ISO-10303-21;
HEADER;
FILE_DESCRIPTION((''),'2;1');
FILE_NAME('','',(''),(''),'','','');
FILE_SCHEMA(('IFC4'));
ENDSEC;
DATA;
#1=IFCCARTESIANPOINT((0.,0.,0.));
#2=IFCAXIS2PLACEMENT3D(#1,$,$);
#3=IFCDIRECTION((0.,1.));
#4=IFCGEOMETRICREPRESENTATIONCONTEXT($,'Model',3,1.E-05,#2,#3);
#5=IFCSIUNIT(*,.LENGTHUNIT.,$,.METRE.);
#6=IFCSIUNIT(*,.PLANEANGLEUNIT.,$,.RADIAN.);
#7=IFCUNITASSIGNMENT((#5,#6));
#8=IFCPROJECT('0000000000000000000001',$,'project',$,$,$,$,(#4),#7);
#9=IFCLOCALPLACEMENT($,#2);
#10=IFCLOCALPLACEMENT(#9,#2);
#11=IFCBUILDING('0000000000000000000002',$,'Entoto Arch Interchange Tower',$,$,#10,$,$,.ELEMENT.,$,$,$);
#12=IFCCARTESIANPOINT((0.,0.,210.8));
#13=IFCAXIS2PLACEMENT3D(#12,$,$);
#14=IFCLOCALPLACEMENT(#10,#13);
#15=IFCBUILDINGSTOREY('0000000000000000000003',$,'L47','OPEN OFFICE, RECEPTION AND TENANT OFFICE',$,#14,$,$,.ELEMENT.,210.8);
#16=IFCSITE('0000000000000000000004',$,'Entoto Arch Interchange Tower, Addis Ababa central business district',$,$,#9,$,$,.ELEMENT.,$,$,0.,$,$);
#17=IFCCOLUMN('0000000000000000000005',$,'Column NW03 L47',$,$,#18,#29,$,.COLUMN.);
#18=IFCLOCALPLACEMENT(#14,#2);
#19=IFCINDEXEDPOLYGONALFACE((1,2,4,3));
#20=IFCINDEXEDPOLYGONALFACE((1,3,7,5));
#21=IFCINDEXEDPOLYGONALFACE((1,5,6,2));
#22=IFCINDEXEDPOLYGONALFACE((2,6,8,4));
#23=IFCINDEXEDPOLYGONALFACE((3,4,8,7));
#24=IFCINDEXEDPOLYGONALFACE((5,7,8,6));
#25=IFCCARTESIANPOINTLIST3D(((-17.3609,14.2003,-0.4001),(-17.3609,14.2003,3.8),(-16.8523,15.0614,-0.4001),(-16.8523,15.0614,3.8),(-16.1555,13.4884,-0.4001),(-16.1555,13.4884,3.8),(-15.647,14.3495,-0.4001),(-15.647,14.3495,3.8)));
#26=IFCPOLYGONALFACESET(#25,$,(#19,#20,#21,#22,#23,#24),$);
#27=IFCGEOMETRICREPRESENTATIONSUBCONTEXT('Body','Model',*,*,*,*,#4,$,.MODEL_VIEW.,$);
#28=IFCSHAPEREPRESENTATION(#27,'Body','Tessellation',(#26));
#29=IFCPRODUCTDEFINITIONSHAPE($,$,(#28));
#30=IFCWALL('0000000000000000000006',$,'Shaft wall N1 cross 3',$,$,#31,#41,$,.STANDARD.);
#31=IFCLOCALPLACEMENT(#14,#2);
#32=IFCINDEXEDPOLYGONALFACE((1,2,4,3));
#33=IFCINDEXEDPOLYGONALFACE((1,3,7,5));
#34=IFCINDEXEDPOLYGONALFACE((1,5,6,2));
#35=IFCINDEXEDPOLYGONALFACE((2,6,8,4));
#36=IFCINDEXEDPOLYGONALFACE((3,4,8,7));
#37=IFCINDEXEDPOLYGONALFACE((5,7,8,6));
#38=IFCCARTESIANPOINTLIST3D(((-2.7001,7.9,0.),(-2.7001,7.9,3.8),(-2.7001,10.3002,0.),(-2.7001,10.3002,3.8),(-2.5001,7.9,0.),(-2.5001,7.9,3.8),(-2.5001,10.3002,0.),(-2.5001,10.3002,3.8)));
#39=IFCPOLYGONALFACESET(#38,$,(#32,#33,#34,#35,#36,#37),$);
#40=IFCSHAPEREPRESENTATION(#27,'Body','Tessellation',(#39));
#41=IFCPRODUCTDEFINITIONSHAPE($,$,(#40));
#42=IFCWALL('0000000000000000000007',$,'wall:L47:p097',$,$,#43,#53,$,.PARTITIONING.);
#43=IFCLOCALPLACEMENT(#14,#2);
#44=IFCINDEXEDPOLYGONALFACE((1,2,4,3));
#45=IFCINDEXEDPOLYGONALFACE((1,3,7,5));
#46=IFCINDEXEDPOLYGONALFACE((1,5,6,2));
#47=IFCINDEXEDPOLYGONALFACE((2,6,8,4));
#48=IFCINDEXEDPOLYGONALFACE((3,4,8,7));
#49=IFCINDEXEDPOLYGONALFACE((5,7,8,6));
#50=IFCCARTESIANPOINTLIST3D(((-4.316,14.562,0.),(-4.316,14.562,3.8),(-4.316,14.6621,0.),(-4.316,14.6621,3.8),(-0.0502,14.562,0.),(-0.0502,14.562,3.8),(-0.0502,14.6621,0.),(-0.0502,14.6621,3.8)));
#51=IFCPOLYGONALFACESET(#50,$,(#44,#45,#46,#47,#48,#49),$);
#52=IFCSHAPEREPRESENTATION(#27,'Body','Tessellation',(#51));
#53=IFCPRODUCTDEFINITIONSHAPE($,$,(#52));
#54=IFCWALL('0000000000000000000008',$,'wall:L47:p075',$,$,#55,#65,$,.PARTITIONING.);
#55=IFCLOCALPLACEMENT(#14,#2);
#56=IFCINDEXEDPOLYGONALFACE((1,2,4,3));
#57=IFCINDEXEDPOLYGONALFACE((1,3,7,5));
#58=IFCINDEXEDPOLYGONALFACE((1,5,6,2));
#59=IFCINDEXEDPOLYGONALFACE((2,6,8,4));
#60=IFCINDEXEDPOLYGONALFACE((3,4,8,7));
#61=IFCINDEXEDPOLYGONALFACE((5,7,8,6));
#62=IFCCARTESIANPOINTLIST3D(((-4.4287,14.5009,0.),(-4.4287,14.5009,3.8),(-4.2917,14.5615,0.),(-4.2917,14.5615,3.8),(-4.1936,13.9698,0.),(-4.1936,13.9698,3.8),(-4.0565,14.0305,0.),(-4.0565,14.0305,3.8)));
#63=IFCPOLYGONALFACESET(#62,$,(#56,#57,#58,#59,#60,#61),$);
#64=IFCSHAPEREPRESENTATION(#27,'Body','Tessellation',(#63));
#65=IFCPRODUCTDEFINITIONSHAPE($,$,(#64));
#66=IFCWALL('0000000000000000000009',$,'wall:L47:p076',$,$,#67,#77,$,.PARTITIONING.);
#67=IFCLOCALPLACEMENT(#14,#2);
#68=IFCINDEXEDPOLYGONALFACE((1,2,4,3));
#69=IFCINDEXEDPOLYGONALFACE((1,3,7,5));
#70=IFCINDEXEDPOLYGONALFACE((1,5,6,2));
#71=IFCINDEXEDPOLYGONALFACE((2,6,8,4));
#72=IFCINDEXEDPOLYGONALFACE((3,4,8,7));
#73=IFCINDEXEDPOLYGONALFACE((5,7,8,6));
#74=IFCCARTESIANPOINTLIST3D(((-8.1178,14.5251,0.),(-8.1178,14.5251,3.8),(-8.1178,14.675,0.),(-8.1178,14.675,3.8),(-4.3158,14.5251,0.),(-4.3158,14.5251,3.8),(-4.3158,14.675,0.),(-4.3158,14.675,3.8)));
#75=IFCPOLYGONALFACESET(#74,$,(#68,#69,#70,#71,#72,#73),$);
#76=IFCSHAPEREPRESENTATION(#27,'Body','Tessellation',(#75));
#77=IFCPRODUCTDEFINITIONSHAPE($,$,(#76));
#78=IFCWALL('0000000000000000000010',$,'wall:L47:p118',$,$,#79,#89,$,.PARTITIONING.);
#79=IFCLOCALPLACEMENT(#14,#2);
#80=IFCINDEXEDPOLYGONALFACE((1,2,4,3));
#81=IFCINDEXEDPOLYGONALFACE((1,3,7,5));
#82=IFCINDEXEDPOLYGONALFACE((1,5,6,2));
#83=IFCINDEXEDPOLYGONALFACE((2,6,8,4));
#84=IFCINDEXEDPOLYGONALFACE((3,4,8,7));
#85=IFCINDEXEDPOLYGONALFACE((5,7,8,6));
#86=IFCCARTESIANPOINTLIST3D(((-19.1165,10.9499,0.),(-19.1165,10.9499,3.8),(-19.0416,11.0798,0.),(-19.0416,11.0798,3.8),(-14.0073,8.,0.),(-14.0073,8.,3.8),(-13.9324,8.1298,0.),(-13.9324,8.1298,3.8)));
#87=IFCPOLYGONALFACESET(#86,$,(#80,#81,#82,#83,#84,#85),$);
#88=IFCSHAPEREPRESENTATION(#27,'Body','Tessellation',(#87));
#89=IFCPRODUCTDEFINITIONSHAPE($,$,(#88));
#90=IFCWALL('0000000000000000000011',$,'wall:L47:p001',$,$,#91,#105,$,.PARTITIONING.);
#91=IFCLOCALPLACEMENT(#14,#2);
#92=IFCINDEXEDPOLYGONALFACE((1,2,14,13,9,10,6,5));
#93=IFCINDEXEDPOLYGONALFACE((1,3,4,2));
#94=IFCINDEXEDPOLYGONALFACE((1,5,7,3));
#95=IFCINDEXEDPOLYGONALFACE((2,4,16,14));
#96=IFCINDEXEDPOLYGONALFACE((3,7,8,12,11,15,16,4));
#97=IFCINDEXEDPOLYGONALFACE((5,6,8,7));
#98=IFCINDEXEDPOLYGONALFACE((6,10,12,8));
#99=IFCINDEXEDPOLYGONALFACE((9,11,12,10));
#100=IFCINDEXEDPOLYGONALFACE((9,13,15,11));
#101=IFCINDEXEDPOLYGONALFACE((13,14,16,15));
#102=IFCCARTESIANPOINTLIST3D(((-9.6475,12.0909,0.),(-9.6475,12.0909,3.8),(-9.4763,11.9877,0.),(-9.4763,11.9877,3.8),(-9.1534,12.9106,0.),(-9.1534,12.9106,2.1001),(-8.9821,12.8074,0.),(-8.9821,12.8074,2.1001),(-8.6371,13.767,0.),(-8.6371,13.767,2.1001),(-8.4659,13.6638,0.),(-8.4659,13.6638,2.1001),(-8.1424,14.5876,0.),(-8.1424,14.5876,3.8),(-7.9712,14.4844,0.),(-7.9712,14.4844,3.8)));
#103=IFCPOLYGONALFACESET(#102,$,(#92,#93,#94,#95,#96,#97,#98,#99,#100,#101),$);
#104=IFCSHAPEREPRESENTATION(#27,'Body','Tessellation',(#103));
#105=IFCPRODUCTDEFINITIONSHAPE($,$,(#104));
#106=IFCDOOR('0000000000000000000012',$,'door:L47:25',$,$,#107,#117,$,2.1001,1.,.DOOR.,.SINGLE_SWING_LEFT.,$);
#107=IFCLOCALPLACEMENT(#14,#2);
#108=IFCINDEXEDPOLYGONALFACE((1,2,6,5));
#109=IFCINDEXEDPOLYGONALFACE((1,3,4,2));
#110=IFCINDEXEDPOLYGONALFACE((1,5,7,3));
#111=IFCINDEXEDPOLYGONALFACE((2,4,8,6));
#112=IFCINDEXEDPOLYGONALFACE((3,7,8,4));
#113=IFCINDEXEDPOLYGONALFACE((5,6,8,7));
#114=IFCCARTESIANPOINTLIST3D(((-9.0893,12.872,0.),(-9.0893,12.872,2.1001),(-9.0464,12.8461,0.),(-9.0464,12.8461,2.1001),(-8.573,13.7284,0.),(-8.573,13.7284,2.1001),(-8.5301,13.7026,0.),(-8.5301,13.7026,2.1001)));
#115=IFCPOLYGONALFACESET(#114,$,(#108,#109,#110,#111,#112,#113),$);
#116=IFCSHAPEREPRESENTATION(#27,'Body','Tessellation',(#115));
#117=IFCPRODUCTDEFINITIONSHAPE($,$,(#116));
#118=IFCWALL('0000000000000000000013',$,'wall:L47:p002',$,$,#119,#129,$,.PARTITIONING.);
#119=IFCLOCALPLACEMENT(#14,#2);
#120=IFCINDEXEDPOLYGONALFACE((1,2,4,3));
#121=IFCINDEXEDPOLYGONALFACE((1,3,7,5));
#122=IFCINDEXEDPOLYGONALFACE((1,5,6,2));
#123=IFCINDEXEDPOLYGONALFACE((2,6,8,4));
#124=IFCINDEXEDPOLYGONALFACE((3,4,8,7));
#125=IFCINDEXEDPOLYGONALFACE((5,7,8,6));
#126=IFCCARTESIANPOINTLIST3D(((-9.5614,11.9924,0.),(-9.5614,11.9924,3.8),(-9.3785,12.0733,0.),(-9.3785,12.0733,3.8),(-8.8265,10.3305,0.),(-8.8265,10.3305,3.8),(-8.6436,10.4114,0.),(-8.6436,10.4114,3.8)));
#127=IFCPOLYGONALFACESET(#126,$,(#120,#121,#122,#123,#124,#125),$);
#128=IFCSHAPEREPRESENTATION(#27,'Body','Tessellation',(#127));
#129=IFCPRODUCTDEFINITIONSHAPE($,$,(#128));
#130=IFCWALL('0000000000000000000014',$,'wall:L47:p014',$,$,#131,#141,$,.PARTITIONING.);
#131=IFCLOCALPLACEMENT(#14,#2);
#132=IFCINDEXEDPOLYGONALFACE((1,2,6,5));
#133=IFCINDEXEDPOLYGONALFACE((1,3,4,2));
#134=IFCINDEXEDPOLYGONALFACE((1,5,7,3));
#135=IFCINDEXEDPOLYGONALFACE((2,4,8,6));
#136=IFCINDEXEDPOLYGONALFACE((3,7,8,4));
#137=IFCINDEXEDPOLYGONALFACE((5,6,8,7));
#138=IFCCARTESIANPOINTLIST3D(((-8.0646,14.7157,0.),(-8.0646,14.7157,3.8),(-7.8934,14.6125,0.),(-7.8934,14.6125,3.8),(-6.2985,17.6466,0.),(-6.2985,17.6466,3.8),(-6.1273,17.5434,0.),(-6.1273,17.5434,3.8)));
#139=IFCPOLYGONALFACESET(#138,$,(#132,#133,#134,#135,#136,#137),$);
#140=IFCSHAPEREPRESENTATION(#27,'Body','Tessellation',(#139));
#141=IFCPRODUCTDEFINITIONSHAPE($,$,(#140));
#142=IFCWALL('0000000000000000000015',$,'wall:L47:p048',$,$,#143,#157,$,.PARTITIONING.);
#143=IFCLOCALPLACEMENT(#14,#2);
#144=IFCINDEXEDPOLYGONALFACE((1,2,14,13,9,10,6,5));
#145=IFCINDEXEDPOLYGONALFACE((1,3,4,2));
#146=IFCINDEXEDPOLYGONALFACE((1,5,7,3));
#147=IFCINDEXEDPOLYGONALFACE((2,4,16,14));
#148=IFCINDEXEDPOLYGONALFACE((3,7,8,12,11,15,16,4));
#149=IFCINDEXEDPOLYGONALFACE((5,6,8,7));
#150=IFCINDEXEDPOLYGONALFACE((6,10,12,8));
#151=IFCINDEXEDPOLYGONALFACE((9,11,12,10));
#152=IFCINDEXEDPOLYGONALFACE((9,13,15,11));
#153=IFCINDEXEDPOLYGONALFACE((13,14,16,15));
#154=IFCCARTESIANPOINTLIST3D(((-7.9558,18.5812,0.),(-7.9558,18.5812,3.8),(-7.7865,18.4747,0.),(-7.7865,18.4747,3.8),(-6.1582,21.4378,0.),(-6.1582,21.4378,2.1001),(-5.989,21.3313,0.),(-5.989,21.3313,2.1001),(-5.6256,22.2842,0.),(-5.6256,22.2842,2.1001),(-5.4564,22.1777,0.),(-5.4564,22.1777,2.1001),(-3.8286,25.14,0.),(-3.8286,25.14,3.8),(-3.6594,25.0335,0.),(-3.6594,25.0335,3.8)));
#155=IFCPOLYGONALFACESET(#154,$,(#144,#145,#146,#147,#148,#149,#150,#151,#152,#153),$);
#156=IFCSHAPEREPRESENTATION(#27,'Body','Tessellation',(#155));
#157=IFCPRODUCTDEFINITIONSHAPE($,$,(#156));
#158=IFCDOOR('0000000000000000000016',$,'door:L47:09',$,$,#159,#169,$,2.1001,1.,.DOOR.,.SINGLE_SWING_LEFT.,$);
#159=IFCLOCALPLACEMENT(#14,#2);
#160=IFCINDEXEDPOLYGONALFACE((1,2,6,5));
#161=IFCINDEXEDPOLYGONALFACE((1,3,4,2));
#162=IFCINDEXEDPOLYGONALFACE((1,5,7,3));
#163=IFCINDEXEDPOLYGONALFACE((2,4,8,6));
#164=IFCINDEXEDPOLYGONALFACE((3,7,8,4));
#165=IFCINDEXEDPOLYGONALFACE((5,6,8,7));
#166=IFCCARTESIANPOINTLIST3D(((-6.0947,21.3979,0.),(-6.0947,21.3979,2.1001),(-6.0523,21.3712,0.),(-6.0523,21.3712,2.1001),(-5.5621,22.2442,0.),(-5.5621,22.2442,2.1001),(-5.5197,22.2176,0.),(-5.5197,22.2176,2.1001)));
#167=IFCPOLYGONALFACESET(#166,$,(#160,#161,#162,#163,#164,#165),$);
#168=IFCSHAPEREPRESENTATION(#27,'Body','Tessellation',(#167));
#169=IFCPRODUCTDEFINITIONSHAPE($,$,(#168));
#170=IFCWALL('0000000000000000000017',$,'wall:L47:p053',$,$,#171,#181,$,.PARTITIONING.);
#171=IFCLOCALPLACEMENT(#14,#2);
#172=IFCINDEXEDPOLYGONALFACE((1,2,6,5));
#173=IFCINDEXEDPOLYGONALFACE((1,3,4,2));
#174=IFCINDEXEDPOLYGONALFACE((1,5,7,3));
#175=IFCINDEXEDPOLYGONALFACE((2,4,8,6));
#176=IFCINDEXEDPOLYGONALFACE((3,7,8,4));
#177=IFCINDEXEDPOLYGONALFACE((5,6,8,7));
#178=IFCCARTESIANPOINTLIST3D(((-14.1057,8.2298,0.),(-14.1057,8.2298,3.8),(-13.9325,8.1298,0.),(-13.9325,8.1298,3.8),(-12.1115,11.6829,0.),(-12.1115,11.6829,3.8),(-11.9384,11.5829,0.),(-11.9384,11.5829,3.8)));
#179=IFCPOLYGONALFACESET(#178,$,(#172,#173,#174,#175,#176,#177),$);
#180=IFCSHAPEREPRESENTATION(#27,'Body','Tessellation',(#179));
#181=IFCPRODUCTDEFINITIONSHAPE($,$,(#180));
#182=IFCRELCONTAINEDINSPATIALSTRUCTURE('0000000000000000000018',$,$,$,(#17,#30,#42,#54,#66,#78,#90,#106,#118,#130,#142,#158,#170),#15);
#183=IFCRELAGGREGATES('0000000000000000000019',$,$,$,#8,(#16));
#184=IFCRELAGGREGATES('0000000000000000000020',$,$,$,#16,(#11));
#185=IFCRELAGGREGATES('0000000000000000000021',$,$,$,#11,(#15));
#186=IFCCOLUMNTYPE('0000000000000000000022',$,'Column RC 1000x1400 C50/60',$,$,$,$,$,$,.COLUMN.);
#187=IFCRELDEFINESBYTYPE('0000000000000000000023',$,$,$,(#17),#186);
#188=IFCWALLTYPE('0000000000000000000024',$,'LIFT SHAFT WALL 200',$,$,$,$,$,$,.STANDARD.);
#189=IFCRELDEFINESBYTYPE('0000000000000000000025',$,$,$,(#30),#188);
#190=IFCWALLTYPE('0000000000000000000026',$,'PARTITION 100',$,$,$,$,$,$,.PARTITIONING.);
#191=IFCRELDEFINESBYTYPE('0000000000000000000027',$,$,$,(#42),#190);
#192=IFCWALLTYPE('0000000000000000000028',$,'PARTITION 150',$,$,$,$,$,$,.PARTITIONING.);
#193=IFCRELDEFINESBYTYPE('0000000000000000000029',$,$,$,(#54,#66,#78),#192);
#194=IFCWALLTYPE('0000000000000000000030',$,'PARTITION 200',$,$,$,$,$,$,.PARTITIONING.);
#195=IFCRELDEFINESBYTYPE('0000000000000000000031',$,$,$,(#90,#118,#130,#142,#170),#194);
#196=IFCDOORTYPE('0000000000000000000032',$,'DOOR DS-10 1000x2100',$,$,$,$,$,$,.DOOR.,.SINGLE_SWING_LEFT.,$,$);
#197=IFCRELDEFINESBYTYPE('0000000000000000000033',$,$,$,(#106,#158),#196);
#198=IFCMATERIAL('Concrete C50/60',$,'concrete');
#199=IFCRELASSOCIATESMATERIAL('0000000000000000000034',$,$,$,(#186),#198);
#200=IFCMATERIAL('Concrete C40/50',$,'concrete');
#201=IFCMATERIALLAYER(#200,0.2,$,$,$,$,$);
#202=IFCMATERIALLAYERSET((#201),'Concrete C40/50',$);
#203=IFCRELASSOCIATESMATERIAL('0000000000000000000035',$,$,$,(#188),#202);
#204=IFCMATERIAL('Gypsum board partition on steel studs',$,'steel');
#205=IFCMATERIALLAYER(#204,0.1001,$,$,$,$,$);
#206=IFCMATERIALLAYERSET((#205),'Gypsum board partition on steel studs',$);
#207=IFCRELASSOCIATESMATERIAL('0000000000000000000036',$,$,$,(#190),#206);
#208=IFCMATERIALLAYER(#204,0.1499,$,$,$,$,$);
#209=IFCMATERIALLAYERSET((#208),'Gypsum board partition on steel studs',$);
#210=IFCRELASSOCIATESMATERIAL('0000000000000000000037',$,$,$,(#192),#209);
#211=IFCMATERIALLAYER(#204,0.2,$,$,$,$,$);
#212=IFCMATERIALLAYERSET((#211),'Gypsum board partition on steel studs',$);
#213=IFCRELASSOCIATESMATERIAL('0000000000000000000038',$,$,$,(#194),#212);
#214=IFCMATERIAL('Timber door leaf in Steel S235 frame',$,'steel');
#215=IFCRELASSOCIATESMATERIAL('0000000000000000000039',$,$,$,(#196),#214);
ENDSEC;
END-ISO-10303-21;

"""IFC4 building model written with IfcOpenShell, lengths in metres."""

from ifc_helpers import new_model, si_unit, direction, frame, frame_2d, origin, origin_2d, place, context, subcontext, project, spatial, rectangle, extrude, material, layer, layer_set, material_profile, profile_set, type_object, element, fill, save


model = new_model("IFC4")

# Units and contexts
model_context = context("Model", 3, precision=1e-05, world=origin(), true_north=direction((0.0, 1.0)))
body_context = subcontext(model_context, "Body", "Model", "MODEL_VIEW")
ifc_project = project(units=[si_unit("LENGTHUNIT", "METRE"), si_unit("PLANEANGLEUNIT", "RADIAN")], contexts=[model_context])

# Site, building, storey
site_placement = place(None, origin())
site = spatial("IfcSite", under=ifc_project, at=site_placement, Name="Entoto Arch Interchange Tower, Addis Ababa central business district", CompositionType="ELEMENT", RefElevation=0.0)
building_placement = place(site_placement, origin())
building = spatial("IfcBuilding", under=site, at=building_placement, Name="Entoto Arch Interchange Tower", CompositionType="ELEMENT")
storey_placement = place(building_placement, frame((0.0, 0.0, 210.8)))
storey = spatial("IfcBuildingStorey", under=building, at=storey_placement, Name="L47", Description="OPEN OFFICE, RECEPTION AND TENANT OFFICE", CompositionType="ELEMENT", Elevation=210.8)

# Column
ifc_material_1 = material(Name="Concrete C50/60", Category="concrete")
ifc_material_profile = material_profile(ifc_material_1, rectangle(XDim=1.0, YDim=1.3999, at=origin_2d()))
ifc_profile_set = profile_set([ifc_material_profile], Name="Concrete C50/60")
column_type = type_object("IfcColumnType", Name="Column RC 1000x1400 C50/60", PredefinedType="COLUMN", material=ifc_profile_set)
column_placement = place(storey_placement, frame((-16.5039, 14.2749, -0.4001), z_axis=(0.0, 0.0, 1.0), x_axis=(0.508516, 0.861053, 0.0)))
element("IfcColumn", 1, at=column_placement, inside=storey, type_object=column_type, Name="Column NW03 L47", PredefinedType="COLUMN", context=body_context, shape_type="SweptSolid", body=[
    extrude(rectangle(XDim=1.0, YDim=1.3999, at=origin_2d()), origin(), (0.0, 0.0, 1.0), 4.2002),
])

# Walls
ifc_material_2 = material(Name="Concrete C40/50", Category="concrete")
ifc_layer_1 = layer(ifc_material_2, 0.2)
ifc_layer_set_1 = layer_set([ifc_layer_1], Name="Concrete C40/50")
wall_type_1 = type_object("IfcWallType", Name="LIFT SHAFT WALL 200", PredefinedType="STANDARD", material=ifc_layer_set_1)
wall_1_placement = place(storey_placement, frame((-2.6001, 7.8999, 0.0), z_axis=(0.0, 0.0, 1.0), x_axis=(0.0, 1.0, 0.0)))
element("IfcWall", 2, at=wall_1_placement, inside=storey, type_object=wall_type_1, Name="Shaft wall N1 cross 3", PredefinedType="STANDARD", context=body_context, shape_type="SweptSolid", body=[
    extrude(rectangle(XDim=2.4001, YDim=0.2, at=frame_2d((1.2002, 0.0))), origin(), (0.0, 0.0, 1.0), 3.8),
])
ifc_material_3 = material(Name="Gypsum board partition on steel studs", Category="steel")
ifc_layer_2 = layer(ifc_material_3, 0.1001)
ifc_layer_set_2 = layer_set([ifc_layer_2], Name="Gypsum board partition on steel studs")
wall_type_2 = type_object("IfcWallType", Name="PARTITION 100", PredefinedType="PARTITIONING", material=ifc_layer_set_2)
wall_2_placement = place(storey_placement, frame((-4.3159, 14.6121, 0.0), z_axis=(0.0, 0.0, 1.0), x_axis=(1.0, 0.0, 0.0)))
element("IfcWall", 3, at=wall_2_placement, inside=storey, type_object=wall_type_2, Name="wall:L47:p097", PredefinedType="PARTITIONING", context=body_context, shape_type="SweptSolid", body=[
    extrude(rectangle(XDim=4.2659, YDim=0.1001, at=frame_2d((2.1328, 0.0))), origin(), (0.0, 0.0, 1.0), 3.8),
])
ifc_layer_3 = layer(ifc_material_3, 0.1499)
ifc_layer_set_3 = layer_set([ifc_layer_3], Name="Gypsum board partition on steel studs")
wall_type_3 = type_object("IfcWallType", Name="PARTITION 150", PredefinedType="PARTITIONING", material=ifc_layer_set_3)
wall_3_placement = place(storey_placement, frame((-4.125, 14.0, 0.0), z_axis=(0.0, 0.0, 1.0), x_axis=(-0.404851, 0.914383, 0.0)))
element("IfcWall", 4, at=wall_3_placement, inside=storey, type_object=wall_type_3, Name="wall:L47:p075", PredefinedType="PARTITIONING", context=body_context, shape_type="SweptSolid", body=[
    extrude(rectangle(XDim=0.5808, YDim=0.1499, at=frame_2d((0.2905, 0.0))), origin(), (0.0, 0.0, 1.0), 3.8),
])
wall_4_placement = place(storey_placement, frame((-4.3159, 14.6001, 0.0), z_axis=(0.0, 0.0, 1.0), x_axis=(-1.0, 0.0, 0.0)))
element("IfcWall", 5, at=wall_4_placement, inside=storey, type_object=wall_type_3, Name="wall:L47:p076", PredefinedType="PARTITIONING", context=body_context, shape_type="SweptSolid", body=[
    extrude(rectangle(XDim=3.802, YDim=0.1499, at=frame_2d((1.9009, 0.0))), origin(), (0.0, 0.0, 1.0), 3.8),
])
wall_5_placement = place(storey_placement, frame((-13.97, 8.0649, 0.0), z_axis=(0.0, 0.0, 1.0), x_axis=(-0.866011, 0.500025, 0.0)))
element("IfcWall", 6, at=wall_5_placement, inside=storey, type_object=wall_type_3, Name="wall:L47:p118", PredefinedType="PARTITIONING", context=body_context, shape_type="SweptSolid", body=[
    extrude(rectangle(XDim=5.8997, YDim=0.1499, at=frame_2d((2.9497, 0.0))), origin(), (0.0, 0.0, 1.0), 3.8),
])

# Wall, opening, door
ifc_layer_4 = layer(ifc_material_3, 0.2)
ifc_layer_set_4 = layer_set([ifc_layer_4], Name="Gypsum board partition on steel studs")
wall_type_4 = type_object("IfcWallType", Name="PARTITION 200", PredefinedType="PARTITIONING", material=ifc_layer_set_4)
wall_6_placement = place(storey_placement, frame((-8.0569, 14.5359, 0.0), z_axis=(0.0, 0.0, 1.0), x_axis=(-0.516268, -0.856427, 0.0)))
wall_6 = element("IfcWall", 7, at=wall_6_placement, inside=storey, type_object=wall_type_4, Name="wall:L47:p001", PredefinedType="PARTITIONING", context=body_context, shape_type="SweptSolid", body=[
    extrude(rectangle(XDim=2.9153, YDim=0.2, at=frame_2d((1.4575, 0.0))), origin(), (0.0, 0.0, 1.0), 3.8),
])
opening_1_placement = place(wall_6_placement, frame((0.958, 0.0, 0.0)))
opening_1 = element("IfcOpeningElement", 8, at=opening_1_placement, cuts=wall_6, PredefinedType="OPENING", context=body_context, shape_type="SweptSolid", body=[
    extrude(rectangle(XDim=1.0, YDim=2.1001, at=frame_2d((0.5, 1.05))), frame((0.0, 0.1099, 0.0), z_axis=(0.0, -1.0, 0.0), x_axis=(1.0, 0.0, 0.0)), (0.0, 0.0, 1.0), 0.22),
])
ifc_material_4 = material(Name="Timber door leaf in Steel S235 frame", Category="steel")
door_type_1 = type_object("IfcDoorType", Name="DOOR DS-10 1000x2100", OperationType="SINGLE_SWING_LEFT", PredefinedType="DOOR", material=ifc_material_4)
door_1_placement = place(opening_1_placement, origin())
door_1 = element("IfcDoor", 9, at=door_1_placement, inside=storey, type_object=door_type_1, Name="door:L47:25", OperationType="SINGLE_SWING_LEFT", OverallHeight=2.1001, OverallWidth=1.0, PredefinedType="DOOR", context=body_context, shape_type="SweptSolid", body=[
    extrude(rectangle(XDim=1.0, YDim=2.1001, at=frame_2d((0.5, 1.05))), frame((0.0, 0.0249, 0.0), z_axis=(0.0, -1.0, 0.0), x_axis=(1.0, 0.0, 0.0)), (0.0, 0.0, 1.0), 0.05),
])
fill(opening_1, door_1)

# Walls
wall_7_placement = place(storey_placement, frame((-9.47, 12.033, 0.0), z_axis=(0.0, 0.0, 1.0), x_axis=(0.404417, -0.914575, 0.0)))
element("IfcWall", 10, at=wall_7_placement, inside=storey, type_object=wall_type_4, Name="wall:L47:p002", PredefinedType="PARTITIONING", context=body_context, shape_type="SweptSolid", body=[
    extrude(rectangle(XDim=1.8171, YDim=0.2, at=frame_2d((0.9087, 0.0))), origin(), (0.0, 0.0, 1.0), 3.8),
])
wall_8_placement = place(storey_placement, frame((-6.2129, 17.595, 0.0), z_axis=(0.0, 0.0, 1.0), x_axis=(-0.516121, -0.856516, 0.0)))
element("IfcWall", 11, at=wall_8_placement, inside=storey, type_object=wall_type_4, Name="wall:L47:p014", PredefinedType="PARTITIONING", context=body_context, shape_type="SweptSolid", body=[
    extrude(rectangle(XDim=3.4219, YDim=0.2, at=frame_2d((1.7109, 0.0))), origin(), (0.0, 0.0, 1.0), 3.8),
])

# Wall, opening, door
wall_9_placement = place(storey_placement, frame((-7.8711, 18.5281, 0.0), z_axis=(0.0, 0.0, 1.0), x_axis=(0.532588, 0.846375, 0.0)))
wall_9 = element("IfcWall", 12, at=wall_9_placement, inside=storey, type_object=wall_type_4, Name="wall:L47:p048", PredefinedType="PARTITIONING", context=body_context, shape_type="SweptSolid", body=[
    extrude(rectangle(XDim=7.7493, YDim=0.2, at=frame_2d((3.8745, 0.0))), origin(), (0.0, 0.0, 1.0), 3.8),
])
opening_2_placement = place(wall_9_placement, frame((3.375, 0.0, 0.0)))
opening_2 = element("IfcOpeningElement", 13, at=opening_2_placement, cuts=wall_9, PredefinedType="OPENING", context=body_context, shape_type="SweptSolid", body=[
    extrude(rectangle(XDim=1.0, YDim=2.1001, at=frame_2d((0.5, 1.05))), frame((0.0, 0.1099, 0.0), z_axis=(0.0, -1.0, 0.0), x_axis=(1.0, 0.0, 0.0)), (0.0, 0.0, 1.0), 0.22),
])
door_2_placement = place(opening_2_placement, origin())
door_2 = element("IfcDoor", 14, at=door_2_placement, inside=storey, type_object=door_type_1, Name="door:L47:09", OperationType="SINGLE_SWING_LEFT", OverallHeight=2.1001, OverallWidth=1.0, PredefinedType="DOOR", context=body_context, shape_type="SweptSolid", body=[
    extrude(rectangle(XDim=1.0, YDim=2.1001, at=frame_2d((0.5, 1.05))), frame((0.0, 0.0249, 0.0), z_axis=(0.0, -1.0, 0.0), x_axis=(1.0, 0.0, 0.0)), (0.0, 0.0, 1.0), 0.05),
])
fill(opening_2, door_2)

# Wall
wall_10_placement = place(storey_placement, frame((-14.019, 8.1799, 0.0), z_axis=(0.0, 0.0, 1.0), x_axis=(0.50009, 0.865973, 0.0)))
element("IfcWall", 15, at=wall_10_placement, inside=storey, type_object=wall_type_4, Name="wall:L47:p053", PredefinedType="PARTITIONING", context=body_context, shape_type="SweptSolid", body=[
    extrude(rectangle(XDim=3.9875, YDim=0.2, at=frame_2d((1.9937, 0.0))), origin(), (0.0, 0.0, 1.0), 3.8),
])

save(model, "model.ifc")
